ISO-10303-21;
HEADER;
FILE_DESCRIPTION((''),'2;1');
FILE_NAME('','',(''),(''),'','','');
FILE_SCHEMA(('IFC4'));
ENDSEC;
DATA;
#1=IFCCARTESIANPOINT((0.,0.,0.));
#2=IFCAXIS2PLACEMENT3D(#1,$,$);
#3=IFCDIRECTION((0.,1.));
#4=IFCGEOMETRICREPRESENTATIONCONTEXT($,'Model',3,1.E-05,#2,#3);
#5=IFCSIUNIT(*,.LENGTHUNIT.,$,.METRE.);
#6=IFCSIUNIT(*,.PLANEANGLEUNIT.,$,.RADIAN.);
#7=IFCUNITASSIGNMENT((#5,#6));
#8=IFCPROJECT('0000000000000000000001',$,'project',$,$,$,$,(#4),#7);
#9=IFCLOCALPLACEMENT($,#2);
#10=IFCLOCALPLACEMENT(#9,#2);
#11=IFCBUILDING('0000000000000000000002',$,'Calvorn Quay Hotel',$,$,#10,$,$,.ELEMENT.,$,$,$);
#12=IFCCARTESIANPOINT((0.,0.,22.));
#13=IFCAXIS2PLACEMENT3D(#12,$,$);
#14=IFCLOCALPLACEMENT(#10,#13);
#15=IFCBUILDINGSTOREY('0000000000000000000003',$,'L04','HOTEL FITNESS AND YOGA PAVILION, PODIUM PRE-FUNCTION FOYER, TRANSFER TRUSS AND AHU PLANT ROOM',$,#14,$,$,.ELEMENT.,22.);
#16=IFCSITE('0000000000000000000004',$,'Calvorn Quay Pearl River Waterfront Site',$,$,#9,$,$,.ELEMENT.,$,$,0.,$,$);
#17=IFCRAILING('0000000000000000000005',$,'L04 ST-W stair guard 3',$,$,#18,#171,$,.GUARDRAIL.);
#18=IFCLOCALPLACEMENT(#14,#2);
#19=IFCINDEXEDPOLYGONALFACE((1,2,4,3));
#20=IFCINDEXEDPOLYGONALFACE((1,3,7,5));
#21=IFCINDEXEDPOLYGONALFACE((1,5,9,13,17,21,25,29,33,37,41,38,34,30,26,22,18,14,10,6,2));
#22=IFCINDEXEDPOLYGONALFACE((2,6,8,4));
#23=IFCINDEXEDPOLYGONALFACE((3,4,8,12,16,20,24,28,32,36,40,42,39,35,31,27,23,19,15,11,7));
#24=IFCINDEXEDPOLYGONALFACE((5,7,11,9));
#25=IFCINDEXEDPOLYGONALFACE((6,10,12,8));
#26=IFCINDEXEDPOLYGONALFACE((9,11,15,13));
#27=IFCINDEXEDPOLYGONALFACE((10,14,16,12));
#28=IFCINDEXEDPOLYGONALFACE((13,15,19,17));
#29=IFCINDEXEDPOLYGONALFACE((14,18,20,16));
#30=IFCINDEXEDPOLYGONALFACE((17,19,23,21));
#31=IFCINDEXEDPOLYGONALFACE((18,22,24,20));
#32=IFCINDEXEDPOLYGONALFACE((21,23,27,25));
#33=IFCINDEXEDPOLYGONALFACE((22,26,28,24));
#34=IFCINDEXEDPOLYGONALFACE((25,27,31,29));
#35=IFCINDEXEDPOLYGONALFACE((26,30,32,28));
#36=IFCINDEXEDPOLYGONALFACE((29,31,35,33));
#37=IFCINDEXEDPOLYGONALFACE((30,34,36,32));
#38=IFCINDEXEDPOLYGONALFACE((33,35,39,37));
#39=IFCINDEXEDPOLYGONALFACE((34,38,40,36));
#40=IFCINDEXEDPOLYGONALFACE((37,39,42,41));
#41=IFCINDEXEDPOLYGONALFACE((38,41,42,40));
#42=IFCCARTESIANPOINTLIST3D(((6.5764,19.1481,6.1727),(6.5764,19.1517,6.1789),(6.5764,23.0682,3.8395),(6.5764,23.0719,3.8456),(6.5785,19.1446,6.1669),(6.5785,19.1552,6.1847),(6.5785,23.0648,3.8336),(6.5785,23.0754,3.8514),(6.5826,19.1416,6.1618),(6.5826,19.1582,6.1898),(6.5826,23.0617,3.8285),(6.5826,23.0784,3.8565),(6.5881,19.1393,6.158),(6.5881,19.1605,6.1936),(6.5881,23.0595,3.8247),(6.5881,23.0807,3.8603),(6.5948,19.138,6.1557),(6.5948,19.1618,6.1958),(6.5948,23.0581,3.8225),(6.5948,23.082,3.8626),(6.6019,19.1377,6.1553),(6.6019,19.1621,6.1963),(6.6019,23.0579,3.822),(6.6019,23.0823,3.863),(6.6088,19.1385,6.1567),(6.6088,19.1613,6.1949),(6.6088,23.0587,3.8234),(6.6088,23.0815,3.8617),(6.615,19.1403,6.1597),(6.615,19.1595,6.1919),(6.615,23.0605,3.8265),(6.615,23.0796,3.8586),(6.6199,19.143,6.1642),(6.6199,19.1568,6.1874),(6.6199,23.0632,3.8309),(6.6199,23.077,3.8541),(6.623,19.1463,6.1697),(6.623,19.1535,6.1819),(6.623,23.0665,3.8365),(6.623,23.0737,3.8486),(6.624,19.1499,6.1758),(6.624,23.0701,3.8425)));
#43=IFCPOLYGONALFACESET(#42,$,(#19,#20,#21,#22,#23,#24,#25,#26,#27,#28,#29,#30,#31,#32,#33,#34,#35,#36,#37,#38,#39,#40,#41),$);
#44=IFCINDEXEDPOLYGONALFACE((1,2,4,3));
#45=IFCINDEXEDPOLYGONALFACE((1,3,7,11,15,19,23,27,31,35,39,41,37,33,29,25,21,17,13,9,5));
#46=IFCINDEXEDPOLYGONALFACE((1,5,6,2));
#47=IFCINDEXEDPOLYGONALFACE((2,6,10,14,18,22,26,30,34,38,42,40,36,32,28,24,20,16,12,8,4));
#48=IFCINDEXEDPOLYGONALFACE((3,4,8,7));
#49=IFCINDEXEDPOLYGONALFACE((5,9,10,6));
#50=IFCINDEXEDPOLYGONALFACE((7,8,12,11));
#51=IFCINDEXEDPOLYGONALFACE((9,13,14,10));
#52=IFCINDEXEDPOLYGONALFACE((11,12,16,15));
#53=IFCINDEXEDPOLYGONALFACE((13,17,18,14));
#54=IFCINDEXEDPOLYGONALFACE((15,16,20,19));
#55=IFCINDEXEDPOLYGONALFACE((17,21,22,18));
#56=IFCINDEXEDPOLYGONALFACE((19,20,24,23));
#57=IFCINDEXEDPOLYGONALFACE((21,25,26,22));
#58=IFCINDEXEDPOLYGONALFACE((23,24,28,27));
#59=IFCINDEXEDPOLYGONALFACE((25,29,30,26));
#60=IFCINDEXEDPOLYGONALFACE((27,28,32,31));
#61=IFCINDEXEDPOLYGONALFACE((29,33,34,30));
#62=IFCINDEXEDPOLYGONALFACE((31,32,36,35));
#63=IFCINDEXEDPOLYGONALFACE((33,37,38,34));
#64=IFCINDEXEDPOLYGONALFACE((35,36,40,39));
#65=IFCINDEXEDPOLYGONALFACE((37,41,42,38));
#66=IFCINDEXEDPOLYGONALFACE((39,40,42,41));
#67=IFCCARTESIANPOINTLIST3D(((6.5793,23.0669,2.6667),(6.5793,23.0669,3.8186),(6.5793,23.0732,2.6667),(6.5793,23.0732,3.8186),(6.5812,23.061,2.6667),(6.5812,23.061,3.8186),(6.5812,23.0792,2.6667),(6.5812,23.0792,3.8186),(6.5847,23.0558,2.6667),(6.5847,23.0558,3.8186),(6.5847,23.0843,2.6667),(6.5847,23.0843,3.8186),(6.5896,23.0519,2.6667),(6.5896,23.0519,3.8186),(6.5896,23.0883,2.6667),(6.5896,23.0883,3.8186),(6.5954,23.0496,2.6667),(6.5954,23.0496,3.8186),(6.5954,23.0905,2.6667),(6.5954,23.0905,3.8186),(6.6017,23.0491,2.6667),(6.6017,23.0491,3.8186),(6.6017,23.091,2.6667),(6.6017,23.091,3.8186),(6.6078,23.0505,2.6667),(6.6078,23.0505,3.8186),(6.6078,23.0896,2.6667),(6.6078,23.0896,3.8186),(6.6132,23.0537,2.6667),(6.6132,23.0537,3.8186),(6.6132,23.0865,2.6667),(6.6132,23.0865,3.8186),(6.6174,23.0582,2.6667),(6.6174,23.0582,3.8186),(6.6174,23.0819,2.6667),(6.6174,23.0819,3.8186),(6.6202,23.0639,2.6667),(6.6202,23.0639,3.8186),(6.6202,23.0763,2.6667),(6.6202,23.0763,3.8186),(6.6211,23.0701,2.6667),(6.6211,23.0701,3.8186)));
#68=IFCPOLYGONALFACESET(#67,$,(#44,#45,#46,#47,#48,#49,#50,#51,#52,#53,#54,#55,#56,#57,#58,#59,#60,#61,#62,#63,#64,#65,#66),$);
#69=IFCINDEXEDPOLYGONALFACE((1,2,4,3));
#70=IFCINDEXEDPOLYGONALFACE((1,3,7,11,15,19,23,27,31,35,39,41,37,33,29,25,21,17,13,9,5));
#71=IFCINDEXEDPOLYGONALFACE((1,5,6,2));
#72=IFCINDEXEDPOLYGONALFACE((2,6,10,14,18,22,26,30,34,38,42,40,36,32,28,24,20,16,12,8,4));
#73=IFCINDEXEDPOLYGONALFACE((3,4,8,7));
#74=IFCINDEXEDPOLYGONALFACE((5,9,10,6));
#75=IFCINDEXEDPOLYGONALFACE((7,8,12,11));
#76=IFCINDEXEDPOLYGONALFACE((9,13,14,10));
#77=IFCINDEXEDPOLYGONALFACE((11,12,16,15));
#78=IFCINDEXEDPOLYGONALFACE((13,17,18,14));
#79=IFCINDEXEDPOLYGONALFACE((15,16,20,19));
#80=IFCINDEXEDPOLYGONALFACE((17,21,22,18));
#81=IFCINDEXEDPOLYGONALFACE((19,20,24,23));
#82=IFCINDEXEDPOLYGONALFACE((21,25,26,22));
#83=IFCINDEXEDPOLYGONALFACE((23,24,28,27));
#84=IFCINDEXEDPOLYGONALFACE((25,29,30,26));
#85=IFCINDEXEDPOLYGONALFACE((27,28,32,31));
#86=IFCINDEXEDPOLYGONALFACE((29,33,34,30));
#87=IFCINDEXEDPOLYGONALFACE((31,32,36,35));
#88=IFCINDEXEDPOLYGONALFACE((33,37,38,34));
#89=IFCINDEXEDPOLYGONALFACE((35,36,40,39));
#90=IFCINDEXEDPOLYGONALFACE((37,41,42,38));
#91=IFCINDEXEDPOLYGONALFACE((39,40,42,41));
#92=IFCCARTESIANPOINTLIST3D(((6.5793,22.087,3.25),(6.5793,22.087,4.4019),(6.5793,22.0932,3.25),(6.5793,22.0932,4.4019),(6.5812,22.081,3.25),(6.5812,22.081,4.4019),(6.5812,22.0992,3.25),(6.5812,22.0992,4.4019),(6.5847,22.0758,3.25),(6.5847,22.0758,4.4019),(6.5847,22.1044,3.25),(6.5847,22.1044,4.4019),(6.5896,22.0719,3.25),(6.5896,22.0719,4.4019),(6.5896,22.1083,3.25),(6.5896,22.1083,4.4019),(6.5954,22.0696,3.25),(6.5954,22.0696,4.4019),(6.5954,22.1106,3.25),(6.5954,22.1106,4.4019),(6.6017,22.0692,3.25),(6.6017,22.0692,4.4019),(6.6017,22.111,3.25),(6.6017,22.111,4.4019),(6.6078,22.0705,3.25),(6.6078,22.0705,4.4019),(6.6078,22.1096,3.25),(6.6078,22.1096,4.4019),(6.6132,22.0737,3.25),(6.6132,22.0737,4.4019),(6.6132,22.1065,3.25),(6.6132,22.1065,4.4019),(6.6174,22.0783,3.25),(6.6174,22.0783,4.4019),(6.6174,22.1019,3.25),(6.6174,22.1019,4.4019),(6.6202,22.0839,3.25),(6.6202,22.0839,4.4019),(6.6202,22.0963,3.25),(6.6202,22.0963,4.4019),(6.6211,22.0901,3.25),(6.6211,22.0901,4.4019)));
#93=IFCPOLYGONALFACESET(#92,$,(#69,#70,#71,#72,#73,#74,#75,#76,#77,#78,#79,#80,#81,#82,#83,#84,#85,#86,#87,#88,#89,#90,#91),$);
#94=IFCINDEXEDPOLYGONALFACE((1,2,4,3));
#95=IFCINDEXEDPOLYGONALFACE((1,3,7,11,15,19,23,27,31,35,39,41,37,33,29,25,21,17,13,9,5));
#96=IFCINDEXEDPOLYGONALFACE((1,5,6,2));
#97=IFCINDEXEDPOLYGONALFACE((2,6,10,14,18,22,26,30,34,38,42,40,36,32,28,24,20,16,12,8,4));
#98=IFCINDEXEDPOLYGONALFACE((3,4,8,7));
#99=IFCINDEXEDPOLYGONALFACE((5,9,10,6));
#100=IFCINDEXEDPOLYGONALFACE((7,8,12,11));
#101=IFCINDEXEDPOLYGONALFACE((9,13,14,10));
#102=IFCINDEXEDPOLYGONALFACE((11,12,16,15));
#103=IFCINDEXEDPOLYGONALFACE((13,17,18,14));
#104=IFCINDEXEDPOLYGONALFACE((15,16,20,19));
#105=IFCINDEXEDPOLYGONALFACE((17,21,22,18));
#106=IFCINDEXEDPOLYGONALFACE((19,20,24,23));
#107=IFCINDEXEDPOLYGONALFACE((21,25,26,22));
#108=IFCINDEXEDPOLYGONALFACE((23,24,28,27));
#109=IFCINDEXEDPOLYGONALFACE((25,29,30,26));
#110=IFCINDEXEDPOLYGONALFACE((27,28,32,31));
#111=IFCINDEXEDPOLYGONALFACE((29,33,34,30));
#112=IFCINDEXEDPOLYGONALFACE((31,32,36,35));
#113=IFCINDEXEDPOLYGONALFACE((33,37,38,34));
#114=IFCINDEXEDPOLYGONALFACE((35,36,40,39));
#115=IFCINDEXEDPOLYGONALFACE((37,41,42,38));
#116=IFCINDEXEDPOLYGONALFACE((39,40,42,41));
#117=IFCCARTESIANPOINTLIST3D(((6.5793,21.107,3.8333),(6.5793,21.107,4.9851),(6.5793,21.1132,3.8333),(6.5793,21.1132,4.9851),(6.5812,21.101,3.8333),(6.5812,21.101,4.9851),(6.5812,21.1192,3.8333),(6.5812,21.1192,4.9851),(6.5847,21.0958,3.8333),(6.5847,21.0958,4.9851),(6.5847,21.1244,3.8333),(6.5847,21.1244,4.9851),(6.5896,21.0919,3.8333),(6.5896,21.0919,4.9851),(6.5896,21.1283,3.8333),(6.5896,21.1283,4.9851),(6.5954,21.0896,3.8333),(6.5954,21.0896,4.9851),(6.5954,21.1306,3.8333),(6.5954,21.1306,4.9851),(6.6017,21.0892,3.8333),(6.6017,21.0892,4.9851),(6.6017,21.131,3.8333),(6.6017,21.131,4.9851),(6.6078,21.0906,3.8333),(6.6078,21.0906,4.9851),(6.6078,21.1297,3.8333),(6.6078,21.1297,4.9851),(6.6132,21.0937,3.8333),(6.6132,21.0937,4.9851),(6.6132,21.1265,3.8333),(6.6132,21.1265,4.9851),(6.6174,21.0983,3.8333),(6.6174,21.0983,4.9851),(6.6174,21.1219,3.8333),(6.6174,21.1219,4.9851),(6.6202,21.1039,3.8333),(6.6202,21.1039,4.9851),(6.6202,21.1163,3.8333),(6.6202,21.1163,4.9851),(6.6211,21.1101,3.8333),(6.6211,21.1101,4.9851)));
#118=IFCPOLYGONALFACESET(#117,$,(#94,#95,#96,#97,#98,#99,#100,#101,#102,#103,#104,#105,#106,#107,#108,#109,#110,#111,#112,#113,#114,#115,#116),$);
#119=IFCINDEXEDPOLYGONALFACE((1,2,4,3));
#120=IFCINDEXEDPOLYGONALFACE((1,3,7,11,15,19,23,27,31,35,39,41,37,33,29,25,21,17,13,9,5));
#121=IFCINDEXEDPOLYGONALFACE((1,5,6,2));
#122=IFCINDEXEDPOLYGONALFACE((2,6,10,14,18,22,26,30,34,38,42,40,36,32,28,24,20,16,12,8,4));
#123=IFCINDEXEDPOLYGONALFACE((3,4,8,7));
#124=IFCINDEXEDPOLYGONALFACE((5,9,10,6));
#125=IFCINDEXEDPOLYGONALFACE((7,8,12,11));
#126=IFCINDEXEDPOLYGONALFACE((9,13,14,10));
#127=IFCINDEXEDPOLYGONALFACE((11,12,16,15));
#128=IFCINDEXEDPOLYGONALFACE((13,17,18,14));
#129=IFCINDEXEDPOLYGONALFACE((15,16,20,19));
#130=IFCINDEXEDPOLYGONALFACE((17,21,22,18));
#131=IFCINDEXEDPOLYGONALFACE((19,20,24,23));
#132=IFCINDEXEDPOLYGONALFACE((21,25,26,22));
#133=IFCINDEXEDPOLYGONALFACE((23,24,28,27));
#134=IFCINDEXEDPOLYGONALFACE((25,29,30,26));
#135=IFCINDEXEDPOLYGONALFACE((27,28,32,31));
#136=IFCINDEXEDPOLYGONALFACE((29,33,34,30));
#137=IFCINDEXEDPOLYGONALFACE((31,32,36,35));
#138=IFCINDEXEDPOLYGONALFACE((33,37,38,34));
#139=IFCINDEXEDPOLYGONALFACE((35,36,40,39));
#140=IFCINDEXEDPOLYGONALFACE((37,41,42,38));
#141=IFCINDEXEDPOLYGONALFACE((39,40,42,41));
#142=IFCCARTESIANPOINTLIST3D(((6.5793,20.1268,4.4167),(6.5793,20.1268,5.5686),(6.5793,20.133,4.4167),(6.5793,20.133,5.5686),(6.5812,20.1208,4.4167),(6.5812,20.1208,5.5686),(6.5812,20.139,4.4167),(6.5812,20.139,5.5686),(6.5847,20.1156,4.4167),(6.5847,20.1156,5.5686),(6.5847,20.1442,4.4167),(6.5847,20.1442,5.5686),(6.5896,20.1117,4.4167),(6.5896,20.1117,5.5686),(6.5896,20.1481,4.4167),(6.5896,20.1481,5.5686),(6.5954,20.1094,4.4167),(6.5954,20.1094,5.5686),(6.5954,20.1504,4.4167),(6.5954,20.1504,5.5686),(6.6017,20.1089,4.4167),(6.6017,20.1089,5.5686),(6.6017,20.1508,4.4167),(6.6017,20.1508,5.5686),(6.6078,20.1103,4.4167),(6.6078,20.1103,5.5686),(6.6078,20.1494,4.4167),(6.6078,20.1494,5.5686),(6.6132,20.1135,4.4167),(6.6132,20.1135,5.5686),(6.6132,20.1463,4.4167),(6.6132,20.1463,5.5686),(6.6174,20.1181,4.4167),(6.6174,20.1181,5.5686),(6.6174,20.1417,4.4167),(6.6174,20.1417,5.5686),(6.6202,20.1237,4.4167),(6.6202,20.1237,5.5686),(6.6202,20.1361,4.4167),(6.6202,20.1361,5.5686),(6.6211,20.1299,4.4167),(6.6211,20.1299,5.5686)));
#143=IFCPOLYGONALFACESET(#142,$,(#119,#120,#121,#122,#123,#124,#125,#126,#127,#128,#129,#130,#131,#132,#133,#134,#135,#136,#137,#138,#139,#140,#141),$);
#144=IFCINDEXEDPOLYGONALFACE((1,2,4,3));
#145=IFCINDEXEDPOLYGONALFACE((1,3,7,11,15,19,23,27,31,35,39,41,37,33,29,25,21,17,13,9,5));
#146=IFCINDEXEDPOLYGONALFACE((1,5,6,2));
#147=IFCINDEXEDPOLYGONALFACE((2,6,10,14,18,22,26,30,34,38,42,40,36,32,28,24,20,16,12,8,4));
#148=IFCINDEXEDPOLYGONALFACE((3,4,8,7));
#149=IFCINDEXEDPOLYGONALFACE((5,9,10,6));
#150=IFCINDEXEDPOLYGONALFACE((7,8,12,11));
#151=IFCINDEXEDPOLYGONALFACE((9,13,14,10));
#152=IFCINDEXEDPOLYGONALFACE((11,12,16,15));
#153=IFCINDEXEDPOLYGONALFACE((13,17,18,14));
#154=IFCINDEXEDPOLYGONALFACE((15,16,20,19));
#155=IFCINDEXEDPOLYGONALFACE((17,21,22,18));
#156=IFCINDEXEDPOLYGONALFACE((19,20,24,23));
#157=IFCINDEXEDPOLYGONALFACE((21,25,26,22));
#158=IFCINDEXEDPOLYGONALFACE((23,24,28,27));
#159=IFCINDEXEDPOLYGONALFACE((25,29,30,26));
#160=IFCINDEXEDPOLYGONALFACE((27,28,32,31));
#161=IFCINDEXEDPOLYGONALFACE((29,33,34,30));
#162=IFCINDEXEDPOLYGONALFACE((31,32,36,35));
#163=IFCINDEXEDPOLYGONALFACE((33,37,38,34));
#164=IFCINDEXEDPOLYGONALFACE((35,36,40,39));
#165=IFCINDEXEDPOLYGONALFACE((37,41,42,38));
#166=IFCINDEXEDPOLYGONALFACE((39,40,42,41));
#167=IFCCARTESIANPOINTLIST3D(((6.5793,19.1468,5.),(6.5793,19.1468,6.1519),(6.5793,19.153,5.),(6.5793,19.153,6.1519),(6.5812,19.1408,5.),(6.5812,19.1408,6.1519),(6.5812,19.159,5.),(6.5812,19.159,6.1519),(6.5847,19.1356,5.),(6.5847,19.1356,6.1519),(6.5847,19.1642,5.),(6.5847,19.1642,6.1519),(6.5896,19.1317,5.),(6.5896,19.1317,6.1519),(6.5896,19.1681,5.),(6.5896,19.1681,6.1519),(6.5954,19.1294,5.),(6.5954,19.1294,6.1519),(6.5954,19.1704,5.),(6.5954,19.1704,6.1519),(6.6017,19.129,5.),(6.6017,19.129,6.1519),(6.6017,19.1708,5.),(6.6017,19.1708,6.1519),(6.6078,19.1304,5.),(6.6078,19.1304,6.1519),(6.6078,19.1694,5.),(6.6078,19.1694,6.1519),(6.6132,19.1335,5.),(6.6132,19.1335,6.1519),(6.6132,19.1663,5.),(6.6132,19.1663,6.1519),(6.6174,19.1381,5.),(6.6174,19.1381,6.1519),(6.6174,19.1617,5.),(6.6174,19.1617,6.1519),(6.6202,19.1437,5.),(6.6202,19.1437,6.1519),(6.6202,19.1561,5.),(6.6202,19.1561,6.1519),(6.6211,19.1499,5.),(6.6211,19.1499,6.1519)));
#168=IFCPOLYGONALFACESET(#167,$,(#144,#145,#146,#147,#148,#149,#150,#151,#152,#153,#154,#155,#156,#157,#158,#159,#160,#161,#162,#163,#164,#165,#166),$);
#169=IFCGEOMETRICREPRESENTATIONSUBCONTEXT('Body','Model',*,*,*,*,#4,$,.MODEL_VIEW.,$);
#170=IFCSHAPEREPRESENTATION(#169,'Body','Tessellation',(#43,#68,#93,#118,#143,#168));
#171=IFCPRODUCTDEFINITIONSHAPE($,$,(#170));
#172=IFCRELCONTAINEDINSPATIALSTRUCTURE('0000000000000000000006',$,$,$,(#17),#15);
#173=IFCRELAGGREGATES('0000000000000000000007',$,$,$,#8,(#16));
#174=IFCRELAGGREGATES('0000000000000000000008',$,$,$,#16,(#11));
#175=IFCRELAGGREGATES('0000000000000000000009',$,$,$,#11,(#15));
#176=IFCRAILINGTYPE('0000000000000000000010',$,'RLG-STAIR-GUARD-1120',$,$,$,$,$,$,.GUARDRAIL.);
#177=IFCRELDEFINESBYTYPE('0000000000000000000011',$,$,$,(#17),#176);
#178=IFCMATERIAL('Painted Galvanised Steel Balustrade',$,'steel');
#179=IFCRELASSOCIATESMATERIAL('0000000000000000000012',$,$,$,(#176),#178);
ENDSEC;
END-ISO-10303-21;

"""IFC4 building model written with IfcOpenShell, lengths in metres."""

from ifc_helpers import new_model, si_unit, direction, frame, origin, origin_2d, place, context, subcontext, project, spatial, circle, extrude, material, type_object, element, save


model = new_model("IFC4")

# Units and contexts
model_context = context("Model", 3, precision=1e-05, world=origin(), true_north=direction((0.0, 1.0)))
body_context = subcontext(model_context, "Body", "Model", "MODEL_VIEW")
ifc_project = project(units=[si_unit("LENGTHUNIT", "METRE"), si_unit("PLANEANGLEUNIT", "RADIAN")], contexts=[model_context])

# Site, building, storey
site_placement = place(None, origin())
site = spatial("IfcSite", under=ifc_project, at=site_placement, Name="Calvorn Quay Pearl River Waterfront Site", CompositionType="ELEMENT", RefElevation=0.0)
building_placement = place(site_placement, origin())
building = spatial("IfcBuilding", under=site, at=building_placement, Name="Calvorn Quay Hotel", CompositionType="ELEMENT")
storey_placement = place(building_placement, frame((0.0, 0.0, 22.0)))
storey = spatial("IfcBuildingStorey", under=building, at=storey_placement, Name="L04", Description="HOTEL FITNESS AND YOGA PAVILION, PODIUM PRE-FUNCTION FOYER, TRANSFER TRUSS AND AHU PLANT ROOM", CompositionType="ELEMENT", Elevation=22.0)

# Railing
ifc_material_1 = material(Name="Painted Galvanised Steel Balustrade", Category="steel")
railing_type_1 = type_object("IfcRailingType", Name="RLG-STAIR-GUARD-1120", PredefinedType="GUARDRAIL", material=ifc_material_1)
railing_1_placement = place(storey_placement, frame((6.6001, 23.0701, 2.6667)))
element("IfcRailing", 1, at=railing_1_placement, inside=storey, type_object=railing_type_1, Name="L04 ST-W stair guard 3", PredefinedType="GUARDRAIL", context=body_context, shape_type="SweptSolid", body=[
    extrude(circle(Radius=0.0239, at=origin_2d()), frame((0.0, 0.0, 1.1758), z_axis=(0.0, -0.85931, 0.511455), x_axis=(1.0, 0.0, 0.0)), (0.0, 0.0, 1.0), 4.562),
    extrude(circle(Radius=0.021, at=origin_2d()), origin(), (0.0, 0.0, 1.0), 1.1519),
    extrude(circle(Radius=0.021, at=origin_2d()), frame((0.0, -0.98, 0.5833)), (0.0, 0.0, 1.0), 1.1519),
    extrude(circle(Radius=0.021, at=origin_2d()), frame((0.0, -1.96, 1.1665)), (0.0, 0.0, 1.0), 1.1519),
    extrude(circle(Radius=0.021, at=origin_2d()), frame((0.0, -2.9402, 1.75)), (0.0, 0.0, 1.0), 1.1519),
    extrude(circle(Radius=0.021, at=origin_2d()), frame((0.0, -3.9202, 2.3333)), (0.0, 0.0, 1.0), 1.1519),
])

save(model, "model.ifc")
